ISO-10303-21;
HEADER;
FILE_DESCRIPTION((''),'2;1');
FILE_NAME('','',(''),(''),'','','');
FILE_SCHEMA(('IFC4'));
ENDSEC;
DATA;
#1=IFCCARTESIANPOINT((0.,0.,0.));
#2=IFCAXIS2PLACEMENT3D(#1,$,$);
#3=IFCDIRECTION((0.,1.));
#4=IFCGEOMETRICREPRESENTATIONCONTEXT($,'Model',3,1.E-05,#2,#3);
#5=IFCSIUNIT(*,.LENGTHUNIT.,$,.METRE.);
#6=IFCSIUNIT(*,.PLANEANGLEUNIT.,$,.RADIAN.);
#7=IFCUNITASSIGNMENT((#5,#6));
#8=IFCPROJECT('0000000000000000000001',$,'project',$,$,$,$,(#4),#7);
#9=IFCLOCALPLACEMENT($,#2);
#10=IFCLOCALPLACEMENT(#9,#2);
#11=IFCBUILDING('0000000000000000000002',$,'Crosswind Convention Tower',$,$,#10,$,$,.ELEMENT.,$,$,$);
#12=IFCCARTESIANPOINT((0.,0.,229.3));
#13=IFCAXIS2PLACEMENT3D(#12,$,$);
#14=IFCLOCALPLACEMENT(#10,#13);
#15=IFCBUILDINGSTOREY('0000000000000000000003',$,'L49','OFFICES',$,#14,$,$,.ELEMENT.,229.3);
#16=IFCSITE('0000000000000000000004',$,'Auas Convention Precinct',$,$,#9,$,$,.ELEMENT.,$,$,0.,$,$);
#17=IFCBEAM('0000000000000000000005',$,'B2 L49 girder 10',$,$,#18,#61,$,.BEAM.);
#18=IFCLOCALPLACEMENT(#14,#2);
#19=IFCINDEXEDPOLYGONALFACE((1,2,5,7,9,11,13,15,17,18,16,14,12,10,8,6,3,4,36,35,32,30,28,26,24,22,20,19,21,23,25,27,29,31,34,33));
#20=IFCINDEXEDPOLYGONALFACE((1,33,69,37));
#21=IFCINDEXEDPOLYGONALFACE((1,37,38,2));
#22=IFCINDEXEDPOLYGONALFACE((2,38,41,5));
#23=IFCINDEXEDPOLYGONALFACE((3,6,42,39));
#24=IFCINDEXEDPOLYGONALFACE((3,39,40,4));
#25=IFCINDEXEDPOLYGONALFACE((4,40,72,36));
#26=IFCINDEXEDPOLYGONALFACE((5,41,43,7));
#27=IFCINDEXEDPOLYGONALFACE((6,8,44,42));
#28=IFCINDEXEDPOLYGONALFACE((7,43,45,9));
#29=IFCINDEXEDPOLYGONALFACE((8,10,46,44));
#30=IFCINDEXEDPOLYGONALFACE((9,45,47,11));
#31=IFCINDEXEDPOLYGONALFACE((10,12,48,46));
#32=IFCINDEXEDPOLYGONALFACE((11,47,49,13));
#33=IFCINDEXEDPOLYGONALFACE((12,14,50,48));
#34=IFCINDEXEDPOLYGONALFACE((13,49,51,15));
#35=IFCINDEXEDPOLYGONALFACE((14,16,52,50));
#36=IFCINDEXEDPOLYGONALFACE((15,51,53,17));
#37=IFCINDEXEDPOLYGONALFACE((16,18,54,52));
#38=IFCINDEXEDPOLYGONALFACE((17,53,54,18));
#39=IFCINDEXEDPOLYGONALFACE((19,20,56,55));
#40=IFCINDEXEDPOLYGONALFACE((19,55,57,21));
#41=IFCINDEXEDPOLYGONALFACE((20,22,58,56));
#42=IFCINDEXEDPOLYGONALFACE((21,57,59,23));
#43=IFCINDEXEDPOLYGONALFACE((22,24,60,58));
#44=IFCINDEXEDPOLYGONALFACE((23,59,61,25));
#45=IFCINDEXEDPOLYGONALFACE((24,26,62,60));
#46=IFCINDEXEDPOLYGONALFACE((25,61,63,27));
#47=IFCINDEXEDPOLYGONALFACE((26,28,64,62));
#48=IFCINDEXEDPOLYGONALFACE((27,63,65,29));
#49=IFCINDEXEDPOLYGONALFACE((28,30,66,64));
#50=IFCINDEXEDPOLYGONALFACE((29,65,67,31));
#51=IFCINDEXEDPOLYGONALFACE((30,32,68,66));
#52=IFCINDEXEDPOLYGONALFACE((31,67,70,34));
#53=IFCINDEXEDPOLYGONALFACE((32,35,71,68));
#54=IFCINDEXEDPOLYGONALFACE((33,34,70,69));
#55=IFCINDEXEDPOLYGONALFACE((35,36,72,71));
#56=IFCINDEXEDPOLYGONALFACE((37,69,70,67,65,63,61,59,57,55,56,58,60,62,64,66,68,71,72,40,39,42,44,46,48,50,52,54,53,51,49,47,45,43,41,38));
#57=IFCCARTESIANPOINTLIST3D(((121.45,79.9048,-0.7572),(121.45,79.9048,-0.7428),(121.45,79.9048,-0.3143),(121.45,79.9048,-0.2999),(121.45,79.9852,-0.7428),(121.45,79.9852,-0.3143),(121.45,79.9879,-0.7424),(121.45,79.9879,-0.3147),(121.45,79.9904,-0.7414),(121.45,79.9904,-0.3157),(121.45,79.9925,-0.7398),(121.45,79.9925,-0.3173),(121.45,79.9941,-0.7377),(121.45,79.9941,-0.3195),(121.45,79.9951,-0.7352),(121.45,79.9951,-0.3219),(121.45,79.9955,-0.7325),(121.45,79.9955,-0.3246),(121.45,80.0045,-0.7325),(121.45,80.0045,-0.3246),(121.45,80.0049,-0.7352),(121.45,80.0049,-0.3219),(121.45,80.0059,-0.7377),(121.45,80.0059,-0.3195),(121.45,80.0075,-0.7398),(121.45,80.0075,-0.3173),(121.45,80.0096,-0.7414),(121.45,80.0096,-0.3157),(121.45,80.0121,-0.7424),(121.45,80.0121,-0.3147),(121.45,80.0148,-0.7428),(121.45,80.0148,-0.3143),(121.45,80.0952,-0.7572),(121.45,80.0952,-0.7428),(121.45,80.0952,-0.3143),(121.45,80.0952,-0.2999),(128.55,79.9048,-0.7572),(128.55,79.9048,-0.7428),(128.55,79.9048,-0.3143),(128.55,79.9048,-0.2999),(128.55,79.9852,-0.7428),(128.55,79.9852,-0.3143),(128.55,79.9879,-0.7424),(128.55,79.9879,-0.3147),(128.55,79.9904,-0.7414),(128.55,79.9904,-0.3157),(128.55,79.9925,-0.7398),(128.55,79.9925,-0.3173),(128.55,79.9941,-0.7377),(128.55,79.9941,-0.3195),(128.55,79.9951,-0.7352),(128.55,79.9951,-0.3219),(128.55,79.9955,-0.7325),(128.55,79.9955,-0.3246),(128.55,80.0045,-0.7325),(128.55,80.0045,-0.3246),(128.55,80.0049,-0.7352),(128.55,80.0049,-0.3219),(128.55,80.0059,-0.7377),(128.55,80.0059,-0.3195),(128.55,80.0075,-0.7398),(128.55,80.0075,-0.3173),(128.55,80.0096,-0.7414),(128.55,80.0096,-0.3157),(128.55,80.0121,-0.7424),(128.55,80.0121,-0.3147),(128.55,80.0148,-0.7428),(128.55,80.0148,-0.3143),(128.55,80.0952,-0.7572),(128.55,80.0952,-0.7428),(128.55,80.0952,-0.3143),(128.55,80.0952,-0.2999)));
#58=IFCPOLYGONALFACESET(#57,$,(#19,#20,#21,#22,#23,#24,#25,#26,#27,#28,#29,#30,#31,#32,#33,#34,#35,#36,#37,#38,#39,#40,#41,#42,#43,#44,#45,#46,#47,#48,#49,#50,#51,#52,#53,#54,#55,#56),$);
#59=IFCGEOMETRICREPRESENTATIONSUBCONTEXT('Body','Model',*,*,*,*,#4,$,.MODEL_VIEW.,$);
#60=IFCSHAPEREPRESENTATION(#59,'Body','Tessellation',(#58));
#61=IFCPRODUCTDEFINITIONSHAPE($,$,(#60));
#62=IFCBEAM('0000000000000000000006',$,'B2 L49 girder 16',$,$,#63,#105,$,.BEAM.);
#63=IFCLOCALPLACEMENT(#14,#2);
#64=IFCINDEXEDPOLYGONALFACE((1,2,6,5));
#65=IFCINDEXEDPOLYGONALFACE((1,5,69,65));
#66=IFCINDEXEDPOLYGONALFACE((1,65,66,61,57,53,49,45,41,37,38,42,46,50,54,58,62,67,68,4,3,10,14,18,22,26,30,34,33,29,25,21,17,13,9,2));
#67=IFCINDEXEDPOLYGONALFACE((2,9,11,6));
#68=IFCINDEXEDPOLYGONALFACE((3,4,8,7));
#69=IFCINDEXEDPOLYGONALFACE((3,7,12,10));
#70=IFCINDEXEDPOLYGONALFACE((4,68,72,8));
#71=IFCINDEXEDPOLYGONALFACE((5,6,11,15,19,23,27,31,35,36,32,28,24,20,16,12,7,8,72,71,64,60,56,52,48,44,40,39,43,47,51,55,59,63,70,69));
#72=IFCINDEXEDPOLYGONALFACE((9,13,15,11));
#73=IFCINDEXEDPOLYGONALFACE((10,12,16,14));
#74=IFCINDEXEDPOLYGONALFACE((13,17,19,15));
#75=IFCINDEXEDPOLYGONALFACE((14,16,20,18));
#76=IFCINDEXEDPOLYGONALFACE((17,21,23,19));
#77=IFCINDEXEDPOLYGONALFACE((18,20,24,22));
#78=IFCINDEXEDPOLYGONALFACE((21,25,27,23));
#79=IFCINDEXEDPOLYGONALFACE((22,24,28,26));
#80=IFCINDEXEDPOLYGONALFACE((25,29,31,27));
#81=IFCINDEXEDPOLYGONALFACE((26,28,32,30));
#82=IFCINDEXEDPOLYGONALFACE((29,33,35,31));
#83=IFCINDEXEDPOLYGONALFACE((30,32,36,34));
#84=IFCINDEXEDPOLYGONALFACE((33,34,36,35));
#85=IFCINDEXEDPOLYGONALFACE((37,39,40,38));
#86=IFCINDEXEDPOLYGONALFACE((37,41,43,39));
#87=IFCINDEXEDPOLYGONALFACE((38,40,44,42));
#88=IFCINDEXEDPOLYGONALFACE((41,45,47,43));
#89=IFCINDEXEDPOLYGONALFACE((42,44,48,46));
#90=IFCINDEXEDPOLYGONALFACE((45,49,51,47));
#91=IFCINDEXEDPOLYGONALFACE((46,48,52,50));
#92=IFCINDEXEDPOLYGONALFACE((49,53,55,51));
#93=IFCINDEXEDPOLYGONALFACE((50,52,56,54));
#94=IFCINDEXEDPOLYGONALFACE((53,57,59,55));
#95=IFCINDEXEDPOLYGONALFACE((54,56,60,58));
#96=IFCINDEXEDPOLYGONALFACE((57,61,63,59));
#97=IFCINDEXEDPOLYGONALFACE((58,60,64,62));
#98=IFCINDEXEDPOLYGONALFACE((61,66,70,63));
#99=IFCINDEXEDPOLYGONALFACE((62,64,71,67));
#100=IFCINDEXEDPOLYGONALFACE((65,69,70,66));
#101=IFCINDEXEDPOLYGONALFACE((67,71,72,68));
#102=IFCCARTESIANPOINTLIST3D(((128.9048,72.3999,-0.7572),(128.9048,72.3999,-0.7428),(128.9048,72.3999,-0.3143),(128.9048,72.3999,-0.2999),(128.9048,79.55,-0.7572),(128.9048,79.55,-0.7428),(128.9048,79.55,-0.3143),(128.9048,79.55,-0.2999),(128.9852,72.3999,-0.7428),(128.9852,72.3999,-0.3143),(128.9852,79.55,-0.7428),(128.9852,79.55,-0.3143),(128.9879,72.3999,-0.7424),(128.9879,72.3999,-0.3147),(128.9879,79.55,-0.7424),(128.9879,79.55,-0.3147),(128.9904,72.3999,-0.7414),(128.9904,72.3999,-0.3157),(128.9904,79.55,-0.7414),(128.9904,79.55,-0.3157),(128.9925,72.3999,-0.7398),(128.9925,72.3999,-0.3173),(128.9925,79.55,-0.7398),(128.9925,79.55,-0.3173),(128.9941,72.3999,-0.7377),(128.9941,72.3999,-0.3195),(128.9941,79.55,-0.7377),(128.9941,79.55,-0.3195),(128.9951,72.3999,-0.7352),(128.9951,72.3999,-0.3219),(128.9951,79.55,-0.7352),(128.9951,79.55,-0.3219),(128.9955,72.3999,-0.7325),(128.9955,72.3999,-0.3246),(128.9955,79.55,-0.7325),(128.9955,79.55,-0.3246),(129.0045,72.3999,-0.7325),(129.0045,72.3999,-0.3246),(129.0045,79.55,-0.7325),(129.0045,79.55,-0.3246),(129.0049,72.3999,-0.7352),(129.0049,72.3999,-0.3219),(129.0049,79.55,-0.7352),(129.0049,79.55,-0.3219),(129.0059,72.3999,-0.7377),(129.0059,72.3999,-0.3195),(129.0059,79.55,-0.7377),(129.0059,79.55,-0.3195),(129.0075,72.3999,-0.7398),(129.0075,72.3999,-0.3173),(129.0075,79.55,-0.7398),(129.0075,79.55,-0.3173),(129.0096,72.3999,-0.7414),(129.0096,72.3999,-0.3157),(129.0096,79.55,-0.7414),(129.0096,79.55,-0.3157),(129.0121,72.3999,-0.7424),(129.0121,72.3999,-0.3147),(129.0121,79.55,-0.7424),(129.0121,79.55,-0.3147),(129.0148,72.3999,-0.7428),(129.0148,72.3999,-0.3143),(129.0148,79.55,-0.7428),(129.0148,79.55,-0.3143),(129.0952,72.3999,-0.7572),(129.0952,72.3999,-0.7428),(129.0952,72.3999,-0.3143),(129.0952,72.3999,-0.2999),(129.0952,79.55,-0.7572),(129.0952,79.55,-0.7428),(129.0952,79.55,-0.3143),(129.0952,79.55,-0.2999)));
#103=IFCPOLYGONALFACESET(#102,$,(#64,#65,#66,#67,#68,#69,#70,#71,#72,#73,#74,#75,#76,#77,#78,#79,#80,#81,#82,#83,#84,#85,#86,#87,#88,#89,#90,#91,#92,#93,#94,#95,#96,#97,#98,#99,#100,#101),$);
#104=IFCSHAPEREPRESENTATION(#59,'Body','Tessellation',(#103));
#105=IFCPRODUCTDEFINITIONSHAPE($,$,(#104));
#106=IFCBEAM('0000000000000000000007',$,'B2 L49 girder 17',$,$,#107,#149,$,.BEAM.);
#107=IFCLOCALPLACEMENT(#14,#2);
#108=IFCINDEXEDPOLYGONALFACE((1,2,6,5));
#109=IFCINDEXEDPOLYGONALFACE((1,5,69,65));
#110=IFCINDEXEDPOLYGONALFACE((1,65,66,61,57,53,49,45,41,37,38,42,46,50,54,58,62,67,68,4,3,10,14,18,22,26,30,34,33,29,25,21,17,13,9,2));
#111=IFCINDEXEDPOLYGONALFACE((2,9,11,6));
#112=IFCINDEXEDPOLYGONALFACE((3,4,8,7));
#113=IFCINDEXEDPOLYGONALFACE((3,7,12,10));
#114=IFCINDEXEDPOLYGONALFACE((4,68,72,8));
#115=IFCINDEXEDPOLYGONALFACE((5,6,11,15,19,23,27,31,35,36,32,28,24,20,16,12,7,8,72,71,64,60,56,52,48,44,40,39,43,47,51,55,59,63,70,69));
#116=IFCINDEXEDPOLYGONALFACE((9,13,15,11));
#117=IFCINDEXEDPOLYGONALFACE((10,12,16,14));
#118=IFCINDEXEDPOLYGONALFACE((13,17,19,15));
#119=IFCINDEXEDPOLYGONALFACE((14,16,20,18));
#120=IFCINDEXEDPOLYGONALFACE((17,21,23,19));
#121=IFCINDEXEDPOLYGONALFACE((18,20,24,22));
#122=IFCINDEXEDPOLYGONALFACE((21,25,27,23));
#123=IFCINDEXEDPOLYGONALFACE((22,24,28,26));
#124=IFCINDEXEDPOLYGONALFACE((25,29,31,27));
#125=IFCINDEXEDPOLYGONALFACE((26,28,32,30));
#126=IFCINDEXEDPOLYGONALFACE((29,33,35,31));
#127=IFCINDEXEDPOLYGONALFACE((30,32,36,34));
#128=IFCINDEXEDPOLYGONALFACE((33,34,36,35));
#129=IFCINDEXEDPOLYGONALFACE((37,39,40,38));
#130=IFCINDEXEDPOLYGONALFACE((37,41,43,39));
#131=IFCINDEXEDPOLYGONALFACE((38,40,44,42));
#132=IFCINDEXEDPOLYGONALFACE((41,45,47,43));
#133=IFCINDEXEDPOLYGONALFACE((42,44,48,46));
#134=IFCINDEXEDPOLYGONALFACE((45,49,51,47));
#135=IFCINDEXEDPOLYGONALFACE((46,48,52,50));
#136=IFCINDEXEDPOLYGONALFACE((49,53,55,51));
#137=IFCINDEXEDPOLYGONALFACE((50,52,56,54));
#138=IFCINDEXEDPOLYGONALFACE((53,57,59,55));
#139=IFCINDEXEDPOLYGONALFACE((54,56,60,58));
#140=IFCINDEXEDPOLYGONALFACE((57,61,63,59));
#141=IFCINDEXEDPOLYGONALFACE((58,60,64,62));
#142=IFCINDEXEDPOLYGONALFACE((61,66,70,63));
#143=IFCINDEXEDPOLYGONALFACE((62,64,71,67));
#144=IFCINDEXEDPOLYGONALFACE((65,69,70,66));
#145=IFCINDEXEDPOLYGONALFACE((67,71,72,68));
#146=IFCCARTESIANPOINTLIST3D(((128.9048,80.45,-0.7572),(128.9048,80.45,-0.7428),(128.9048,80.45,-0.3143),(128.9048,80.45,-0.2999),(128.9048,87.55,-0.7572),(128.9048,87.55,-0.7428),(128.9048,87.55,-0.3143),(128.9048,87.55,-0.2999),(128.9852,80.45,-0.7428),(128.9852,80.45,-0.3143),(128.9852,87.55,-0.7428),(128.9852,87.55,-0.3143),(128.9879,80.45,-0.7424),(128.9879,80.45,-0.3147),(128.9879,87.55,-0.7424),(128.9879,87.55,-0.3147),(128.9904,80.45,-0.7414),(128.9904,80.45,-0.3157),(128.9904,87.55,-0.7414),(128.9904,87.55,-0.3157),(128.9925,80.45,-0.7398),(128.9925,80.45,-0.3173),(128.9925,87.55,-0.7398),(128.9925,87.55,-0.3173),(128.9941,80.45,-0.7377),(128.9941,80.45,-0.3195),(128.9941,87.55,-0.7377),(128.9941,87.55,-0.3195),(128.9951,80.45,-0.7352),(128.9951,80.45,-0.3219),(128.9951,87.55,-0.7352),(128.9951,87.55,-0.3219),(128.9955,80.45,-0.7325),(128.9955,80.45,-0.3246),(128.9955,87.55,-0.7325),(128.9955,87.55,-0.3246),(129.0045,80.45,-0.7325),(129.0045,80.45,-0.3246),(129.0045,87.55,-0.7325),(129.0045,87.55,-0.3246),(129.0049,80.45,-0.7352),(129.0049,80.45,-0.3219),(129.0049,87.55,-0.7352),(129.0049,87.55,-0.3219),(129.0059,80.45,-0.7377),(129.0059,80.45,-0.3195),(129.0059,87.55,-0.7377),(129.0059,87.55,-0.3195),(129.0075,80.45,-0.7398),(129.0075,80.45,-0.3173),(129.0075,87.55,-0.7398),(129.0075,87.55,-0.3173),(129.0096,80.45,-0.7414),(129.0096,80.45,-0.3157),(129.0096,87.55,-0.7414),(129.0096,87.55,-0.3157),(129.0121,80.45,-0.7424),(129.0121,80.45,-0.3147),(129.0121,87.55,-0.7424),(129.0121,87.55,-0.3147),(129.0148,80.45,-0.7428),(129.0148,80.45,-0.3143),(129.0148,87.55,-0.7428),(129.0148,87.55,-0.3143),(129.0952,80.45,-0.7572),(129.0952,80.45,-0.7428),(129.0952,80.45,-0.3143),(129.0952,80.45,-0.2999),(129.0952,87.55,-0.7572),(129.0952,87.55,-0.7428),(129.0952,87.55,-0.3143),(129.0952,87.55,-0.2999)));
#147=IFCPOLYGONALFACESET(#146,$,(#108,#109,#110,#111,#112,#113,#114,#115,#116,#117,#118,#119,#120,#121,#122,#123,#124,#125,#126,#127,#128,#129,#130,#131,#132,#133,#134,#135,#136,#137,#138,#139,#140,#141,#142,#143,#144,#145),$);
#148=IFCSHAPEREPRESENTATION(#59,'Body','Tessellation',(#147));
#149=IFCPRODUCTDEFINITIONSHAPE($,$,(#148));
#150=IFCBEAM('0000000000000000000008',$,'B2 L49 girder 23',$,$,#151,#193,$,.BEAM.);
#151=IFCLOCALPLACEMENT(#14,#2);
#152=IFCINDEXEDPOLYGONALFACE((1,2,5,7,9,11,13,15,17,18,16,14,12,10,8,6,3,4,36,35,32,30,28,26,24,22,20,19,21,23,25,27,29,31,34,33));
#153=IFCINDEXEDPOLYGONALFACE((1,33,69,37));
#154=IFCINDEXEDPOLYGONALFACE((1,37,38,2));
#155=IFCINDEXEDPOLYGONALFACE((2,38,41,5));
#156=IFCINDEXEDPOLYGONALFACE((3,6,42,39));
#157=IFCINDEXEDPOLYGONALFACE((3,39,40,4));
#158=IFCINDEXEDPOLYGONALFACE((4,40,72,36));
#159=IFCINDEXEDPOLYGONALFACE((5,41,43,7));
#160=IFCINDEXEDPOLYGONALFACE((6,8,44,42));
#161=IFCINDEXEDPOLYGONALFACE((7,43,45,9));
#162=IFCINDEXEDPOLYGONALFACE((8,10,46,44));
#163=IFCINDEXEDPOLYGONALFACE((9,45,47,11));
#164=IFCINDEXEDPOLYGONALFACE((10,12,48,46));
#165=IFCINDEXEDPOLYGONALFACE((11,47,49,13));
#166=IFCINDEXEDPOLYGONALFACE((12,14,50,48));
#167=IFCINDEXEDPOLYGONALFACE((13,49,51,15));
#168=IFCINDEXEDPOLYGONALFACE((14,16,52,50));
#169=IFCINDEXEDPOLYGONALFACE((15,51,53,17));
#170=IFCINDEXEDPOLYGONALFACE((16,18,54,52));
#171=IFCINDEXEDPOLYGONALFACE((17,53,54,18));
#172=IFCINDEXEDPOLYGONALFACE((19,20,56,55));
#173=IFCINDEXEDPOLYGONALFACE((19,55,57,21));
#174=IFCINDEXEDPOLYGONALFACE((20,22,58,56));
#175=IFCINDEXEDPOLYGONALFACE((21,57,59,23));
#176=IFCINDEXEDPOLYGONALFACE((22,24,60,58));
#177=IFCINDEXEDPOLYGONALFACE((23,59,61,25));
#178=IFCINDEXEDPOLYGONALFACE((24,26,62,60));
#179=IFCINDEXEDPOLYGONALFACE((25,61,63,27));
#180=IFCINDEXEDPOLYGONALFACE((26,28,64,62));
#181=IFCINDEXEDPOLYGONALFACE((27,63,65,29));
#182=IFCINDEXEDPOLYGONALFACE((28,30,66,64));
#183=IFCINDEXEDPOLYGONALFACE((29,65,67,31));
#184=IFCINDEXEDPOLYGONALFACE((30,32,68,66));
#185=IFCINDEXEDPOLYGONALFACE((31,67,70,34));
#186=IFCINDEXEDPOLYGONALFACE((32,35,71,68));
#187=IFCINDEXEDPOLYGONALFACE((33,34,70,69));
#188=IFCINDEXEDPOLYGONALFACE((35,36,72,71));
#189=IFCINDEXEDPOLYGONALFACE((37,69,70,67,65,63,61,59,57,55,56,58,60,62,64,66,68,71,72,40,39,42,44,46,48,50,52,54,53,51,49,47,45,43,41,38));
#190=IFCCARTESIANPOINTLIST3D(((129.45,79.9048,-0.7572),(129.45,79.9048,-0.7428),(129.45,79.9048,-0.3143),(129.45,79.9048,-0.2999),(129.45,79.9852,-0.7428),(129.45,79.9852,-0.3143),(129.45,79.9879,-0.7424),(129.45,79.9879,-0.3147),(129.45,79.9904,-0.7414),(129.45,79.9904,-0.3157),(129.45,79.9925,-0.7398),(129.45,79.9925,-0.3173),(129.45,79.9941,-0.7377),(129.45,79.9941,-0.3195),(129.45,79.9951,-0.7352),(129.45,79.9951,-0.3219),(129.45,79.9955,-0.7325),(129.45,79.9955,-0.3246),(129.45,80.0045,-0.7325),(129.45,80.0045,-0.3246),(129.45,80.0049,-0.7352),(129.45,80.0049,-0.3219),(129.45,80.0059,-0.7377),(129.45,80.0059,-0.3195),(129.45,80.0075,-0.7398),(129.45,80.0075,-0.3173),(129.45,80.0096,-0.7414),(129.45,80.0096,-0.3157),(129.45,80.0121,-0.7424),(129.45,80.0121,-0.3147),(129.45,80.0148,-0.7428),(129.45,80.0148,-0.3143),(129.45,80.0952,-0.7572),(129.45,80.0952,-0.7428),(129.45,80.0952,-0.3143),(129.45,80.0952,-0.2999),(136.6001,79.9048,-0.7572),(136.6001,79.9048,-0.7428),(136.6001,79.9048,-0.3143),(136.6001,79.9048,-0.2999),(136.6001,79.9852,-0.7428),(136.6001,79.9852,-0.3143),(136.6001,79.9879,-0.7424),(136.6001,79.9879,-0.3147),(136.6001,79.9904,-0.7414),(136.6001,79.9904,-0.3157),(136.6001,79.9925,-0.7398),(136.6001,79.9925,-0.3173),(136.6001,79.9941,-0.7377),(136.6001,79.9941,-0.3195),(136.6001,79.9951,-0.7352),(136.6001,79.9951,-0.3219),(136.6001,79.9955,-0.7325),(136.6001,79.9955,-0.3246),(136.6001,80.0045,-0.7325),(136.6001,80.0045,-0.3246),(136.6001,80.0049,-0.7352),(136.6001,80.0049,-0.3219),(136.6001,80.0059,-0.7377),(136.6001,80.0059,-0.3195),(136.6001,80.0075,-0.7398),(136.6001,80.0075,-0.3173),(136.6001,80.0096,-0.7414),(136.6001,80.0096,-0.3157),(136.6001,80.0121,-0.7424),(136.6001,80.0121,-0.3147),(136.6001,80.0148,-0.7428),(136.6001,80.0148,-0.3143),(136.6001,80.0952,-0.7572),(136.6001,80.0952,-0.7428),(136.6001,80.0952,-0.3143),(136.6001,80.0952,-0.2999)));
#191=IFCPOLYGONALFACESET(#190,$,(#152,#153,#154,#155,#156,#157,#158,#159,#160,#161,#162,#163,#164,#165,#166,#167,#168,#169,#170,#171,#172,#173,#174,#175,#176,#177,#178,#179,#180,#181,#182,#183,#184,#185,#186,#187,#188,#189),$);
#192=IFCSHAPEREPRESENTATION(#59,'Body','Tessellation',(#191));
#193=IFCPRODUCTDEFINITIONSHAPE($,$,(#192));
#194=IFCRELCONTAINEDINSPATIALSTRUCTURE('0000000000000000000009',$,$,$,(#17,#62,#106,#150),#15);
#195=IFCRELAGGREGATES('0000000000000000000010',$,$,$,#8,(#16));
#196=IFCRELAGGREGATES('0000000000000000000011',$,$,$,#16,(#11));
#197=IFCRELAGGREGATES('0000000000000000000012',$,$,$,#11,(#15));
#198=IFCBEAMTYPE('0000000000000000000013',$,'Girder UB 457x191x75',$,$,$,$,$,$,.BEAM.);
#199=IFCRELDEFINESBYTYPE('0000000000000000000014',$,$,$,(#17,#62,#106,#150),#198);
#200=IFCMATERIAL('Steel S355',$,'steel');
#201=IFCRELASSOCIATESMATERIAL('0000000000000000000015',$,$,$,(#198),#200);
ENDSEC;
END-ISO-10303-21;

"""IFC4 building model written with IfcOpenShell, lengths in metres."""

from ifc_helpers import new_model, si_unit, direction, frame, origin, origin_2d, place, context, subcontext, project, spatial, i_section, extrude, material, material_profile, profile_set, type_object, element, save


model = new_model("IFC4")

# Units and contexts
model_context = context("Model", 3, precision=1e-05, world=origin(), true_north=direction((0.0, 1.0)))
body_context = subcontext(model_context, "Body", "Model", "MODEL_VIEW")
ifc_project = project(units=[si_unit("LENGTHUNIT", "METRE"), si_unit("PLANEANGLEUNIT", "RADIAN")], contexts=[model_context])

# Site, building, storey
site_placement = place(None, origin())
site = spatial("IfcSite", under=ifc_project, at=site_placement, Name="Auas Convention Precinct", CompositionType="ELEMENT", RefElevation=0.0)
building_placement = place(site_placement, origin())
building = spatial("IfcBuilding", under=site, at=building_placement, Name="Crosswind Convention Tower", CompositionType="ELEMENT")
storey_placement = place(building_placement, frame((0.0, 0.0, 229.3)))
storey = spatial("IfcBuildingStorey", under=building, at=storey_placement, Name="L49", Description="OFFICES", CompositionType="ELEMENT", Elevation=229.3)

# Beams
ifc_material_1 = material(Name="Steel S355", Category="steel")
ifc_material_profile_1 = material_profile(ifc_material_1, i_section(OverallWidth=0.1904, OverallDepth=0.4573, WebThickness=0.009, FlangeThickness=0.0144, FilletRadius=0.0103, at=origin_2d()), Name="UB 457x191x75")
ifc_profile_set_1 = profile_set([ifc_material_profile_1], Name="Steel S355")
beam_type_1 = type_object("IfcBeamType", Name="Girder UB 457x191x75", PredefinedType="BEAM", material=ifc_profile_set_1)
beam_1_placement = place(storey_placement, frame((121.45, 80.0, -0.5286), z_axis=(1.0, 0.0, 0.0), x_axis=(0.0, 1.0, 0.0)))
element("IfcBeam", 1, at=beam_1_placement, inside=storey, type_object=beam_type_1, Name="B2 L49 girder 10", PredefinedType="BEAM", context=body_context, shape_type="SweptSolid", body=[
    extrude(i_section(OverallWidth=0.1904, OverallDepth=0.4573, WebThickness=0.009, FlangeThickness=0.0144, FilletRadius=0.0103, at=origin_2d()), origin(), (0.0, 0.0, 1.0), 7.1001),
])
beam_2_placement = place(storey_placement, frame((129.0, 72.3999, -0.5286), z_axis=(0.0, 1.0, 0.0), x_axis=(-1.0, 0.0, 0.0)))
element("IfcBeam", 2, at=beam_2_placement, inside=storey, type_object=beam_type_1, Name="B2 L49 girder 16", PredefinedType="BEAM", context=body_context, shape_type="SweptSolid", body=[
    extrude(i_section(OverallWidth=0.1904, OverallDepth=0.4573, WebThickness=0.009, FlangeThickness=0.0144, FilletRadius=0.0103, at=origin_2d()), origin(), (0.0, 0.0, 1.0), 7.1501),
])
beam_3_placement = place(storey_placement, frame((129.0, 80.45, -0.5286), z_axis=(0.0, 1.0, 0.0), x_axis=(-1.0, 0.0, 0.0)))
element("IfcBeam", 3, at=beam_3_placement, inside=storey, type_object=beam_type_1, Name="B2 L49 girder 17", PredefinedType="BEAM", context=body_context, shape_type="SweptSolid", body=[
    extrude(i_section(OverallWidth=0.1904, OverallDepth=0.4573, WebThickness=0.009, FlangeThickness=0.0144, FilletRadius=0.0103, at=origin_2d()), origin(), (0.0, 0.0, 1.0), 7.1001),
])
beam_4_placement = place(storey_placement, frame((129.45, 80.0, -0.5286), z_axis=(1.0, 0.0, 0.0), x_axis=(0.0, 1.0, 0.0)))
element("IfcBeam", 4, at=beam_4_placement, inside=storey, type_object=beam_type_1, Name="B2 L49 girder 23", PredefinedType="BEAM", context=body_context, shape_type="SweptSolid", body=[
    extrude(i_section(OverallWidth=0.1904, OverallDepth=0.4573, WebThickness=0.009, FlangeThickness=0.0144, FilletRadius=0.0103, at=origin_2d()), origin(), (0.0, 0.0, 1.0), 7.1501),
])

save(model, "model.ifc")
